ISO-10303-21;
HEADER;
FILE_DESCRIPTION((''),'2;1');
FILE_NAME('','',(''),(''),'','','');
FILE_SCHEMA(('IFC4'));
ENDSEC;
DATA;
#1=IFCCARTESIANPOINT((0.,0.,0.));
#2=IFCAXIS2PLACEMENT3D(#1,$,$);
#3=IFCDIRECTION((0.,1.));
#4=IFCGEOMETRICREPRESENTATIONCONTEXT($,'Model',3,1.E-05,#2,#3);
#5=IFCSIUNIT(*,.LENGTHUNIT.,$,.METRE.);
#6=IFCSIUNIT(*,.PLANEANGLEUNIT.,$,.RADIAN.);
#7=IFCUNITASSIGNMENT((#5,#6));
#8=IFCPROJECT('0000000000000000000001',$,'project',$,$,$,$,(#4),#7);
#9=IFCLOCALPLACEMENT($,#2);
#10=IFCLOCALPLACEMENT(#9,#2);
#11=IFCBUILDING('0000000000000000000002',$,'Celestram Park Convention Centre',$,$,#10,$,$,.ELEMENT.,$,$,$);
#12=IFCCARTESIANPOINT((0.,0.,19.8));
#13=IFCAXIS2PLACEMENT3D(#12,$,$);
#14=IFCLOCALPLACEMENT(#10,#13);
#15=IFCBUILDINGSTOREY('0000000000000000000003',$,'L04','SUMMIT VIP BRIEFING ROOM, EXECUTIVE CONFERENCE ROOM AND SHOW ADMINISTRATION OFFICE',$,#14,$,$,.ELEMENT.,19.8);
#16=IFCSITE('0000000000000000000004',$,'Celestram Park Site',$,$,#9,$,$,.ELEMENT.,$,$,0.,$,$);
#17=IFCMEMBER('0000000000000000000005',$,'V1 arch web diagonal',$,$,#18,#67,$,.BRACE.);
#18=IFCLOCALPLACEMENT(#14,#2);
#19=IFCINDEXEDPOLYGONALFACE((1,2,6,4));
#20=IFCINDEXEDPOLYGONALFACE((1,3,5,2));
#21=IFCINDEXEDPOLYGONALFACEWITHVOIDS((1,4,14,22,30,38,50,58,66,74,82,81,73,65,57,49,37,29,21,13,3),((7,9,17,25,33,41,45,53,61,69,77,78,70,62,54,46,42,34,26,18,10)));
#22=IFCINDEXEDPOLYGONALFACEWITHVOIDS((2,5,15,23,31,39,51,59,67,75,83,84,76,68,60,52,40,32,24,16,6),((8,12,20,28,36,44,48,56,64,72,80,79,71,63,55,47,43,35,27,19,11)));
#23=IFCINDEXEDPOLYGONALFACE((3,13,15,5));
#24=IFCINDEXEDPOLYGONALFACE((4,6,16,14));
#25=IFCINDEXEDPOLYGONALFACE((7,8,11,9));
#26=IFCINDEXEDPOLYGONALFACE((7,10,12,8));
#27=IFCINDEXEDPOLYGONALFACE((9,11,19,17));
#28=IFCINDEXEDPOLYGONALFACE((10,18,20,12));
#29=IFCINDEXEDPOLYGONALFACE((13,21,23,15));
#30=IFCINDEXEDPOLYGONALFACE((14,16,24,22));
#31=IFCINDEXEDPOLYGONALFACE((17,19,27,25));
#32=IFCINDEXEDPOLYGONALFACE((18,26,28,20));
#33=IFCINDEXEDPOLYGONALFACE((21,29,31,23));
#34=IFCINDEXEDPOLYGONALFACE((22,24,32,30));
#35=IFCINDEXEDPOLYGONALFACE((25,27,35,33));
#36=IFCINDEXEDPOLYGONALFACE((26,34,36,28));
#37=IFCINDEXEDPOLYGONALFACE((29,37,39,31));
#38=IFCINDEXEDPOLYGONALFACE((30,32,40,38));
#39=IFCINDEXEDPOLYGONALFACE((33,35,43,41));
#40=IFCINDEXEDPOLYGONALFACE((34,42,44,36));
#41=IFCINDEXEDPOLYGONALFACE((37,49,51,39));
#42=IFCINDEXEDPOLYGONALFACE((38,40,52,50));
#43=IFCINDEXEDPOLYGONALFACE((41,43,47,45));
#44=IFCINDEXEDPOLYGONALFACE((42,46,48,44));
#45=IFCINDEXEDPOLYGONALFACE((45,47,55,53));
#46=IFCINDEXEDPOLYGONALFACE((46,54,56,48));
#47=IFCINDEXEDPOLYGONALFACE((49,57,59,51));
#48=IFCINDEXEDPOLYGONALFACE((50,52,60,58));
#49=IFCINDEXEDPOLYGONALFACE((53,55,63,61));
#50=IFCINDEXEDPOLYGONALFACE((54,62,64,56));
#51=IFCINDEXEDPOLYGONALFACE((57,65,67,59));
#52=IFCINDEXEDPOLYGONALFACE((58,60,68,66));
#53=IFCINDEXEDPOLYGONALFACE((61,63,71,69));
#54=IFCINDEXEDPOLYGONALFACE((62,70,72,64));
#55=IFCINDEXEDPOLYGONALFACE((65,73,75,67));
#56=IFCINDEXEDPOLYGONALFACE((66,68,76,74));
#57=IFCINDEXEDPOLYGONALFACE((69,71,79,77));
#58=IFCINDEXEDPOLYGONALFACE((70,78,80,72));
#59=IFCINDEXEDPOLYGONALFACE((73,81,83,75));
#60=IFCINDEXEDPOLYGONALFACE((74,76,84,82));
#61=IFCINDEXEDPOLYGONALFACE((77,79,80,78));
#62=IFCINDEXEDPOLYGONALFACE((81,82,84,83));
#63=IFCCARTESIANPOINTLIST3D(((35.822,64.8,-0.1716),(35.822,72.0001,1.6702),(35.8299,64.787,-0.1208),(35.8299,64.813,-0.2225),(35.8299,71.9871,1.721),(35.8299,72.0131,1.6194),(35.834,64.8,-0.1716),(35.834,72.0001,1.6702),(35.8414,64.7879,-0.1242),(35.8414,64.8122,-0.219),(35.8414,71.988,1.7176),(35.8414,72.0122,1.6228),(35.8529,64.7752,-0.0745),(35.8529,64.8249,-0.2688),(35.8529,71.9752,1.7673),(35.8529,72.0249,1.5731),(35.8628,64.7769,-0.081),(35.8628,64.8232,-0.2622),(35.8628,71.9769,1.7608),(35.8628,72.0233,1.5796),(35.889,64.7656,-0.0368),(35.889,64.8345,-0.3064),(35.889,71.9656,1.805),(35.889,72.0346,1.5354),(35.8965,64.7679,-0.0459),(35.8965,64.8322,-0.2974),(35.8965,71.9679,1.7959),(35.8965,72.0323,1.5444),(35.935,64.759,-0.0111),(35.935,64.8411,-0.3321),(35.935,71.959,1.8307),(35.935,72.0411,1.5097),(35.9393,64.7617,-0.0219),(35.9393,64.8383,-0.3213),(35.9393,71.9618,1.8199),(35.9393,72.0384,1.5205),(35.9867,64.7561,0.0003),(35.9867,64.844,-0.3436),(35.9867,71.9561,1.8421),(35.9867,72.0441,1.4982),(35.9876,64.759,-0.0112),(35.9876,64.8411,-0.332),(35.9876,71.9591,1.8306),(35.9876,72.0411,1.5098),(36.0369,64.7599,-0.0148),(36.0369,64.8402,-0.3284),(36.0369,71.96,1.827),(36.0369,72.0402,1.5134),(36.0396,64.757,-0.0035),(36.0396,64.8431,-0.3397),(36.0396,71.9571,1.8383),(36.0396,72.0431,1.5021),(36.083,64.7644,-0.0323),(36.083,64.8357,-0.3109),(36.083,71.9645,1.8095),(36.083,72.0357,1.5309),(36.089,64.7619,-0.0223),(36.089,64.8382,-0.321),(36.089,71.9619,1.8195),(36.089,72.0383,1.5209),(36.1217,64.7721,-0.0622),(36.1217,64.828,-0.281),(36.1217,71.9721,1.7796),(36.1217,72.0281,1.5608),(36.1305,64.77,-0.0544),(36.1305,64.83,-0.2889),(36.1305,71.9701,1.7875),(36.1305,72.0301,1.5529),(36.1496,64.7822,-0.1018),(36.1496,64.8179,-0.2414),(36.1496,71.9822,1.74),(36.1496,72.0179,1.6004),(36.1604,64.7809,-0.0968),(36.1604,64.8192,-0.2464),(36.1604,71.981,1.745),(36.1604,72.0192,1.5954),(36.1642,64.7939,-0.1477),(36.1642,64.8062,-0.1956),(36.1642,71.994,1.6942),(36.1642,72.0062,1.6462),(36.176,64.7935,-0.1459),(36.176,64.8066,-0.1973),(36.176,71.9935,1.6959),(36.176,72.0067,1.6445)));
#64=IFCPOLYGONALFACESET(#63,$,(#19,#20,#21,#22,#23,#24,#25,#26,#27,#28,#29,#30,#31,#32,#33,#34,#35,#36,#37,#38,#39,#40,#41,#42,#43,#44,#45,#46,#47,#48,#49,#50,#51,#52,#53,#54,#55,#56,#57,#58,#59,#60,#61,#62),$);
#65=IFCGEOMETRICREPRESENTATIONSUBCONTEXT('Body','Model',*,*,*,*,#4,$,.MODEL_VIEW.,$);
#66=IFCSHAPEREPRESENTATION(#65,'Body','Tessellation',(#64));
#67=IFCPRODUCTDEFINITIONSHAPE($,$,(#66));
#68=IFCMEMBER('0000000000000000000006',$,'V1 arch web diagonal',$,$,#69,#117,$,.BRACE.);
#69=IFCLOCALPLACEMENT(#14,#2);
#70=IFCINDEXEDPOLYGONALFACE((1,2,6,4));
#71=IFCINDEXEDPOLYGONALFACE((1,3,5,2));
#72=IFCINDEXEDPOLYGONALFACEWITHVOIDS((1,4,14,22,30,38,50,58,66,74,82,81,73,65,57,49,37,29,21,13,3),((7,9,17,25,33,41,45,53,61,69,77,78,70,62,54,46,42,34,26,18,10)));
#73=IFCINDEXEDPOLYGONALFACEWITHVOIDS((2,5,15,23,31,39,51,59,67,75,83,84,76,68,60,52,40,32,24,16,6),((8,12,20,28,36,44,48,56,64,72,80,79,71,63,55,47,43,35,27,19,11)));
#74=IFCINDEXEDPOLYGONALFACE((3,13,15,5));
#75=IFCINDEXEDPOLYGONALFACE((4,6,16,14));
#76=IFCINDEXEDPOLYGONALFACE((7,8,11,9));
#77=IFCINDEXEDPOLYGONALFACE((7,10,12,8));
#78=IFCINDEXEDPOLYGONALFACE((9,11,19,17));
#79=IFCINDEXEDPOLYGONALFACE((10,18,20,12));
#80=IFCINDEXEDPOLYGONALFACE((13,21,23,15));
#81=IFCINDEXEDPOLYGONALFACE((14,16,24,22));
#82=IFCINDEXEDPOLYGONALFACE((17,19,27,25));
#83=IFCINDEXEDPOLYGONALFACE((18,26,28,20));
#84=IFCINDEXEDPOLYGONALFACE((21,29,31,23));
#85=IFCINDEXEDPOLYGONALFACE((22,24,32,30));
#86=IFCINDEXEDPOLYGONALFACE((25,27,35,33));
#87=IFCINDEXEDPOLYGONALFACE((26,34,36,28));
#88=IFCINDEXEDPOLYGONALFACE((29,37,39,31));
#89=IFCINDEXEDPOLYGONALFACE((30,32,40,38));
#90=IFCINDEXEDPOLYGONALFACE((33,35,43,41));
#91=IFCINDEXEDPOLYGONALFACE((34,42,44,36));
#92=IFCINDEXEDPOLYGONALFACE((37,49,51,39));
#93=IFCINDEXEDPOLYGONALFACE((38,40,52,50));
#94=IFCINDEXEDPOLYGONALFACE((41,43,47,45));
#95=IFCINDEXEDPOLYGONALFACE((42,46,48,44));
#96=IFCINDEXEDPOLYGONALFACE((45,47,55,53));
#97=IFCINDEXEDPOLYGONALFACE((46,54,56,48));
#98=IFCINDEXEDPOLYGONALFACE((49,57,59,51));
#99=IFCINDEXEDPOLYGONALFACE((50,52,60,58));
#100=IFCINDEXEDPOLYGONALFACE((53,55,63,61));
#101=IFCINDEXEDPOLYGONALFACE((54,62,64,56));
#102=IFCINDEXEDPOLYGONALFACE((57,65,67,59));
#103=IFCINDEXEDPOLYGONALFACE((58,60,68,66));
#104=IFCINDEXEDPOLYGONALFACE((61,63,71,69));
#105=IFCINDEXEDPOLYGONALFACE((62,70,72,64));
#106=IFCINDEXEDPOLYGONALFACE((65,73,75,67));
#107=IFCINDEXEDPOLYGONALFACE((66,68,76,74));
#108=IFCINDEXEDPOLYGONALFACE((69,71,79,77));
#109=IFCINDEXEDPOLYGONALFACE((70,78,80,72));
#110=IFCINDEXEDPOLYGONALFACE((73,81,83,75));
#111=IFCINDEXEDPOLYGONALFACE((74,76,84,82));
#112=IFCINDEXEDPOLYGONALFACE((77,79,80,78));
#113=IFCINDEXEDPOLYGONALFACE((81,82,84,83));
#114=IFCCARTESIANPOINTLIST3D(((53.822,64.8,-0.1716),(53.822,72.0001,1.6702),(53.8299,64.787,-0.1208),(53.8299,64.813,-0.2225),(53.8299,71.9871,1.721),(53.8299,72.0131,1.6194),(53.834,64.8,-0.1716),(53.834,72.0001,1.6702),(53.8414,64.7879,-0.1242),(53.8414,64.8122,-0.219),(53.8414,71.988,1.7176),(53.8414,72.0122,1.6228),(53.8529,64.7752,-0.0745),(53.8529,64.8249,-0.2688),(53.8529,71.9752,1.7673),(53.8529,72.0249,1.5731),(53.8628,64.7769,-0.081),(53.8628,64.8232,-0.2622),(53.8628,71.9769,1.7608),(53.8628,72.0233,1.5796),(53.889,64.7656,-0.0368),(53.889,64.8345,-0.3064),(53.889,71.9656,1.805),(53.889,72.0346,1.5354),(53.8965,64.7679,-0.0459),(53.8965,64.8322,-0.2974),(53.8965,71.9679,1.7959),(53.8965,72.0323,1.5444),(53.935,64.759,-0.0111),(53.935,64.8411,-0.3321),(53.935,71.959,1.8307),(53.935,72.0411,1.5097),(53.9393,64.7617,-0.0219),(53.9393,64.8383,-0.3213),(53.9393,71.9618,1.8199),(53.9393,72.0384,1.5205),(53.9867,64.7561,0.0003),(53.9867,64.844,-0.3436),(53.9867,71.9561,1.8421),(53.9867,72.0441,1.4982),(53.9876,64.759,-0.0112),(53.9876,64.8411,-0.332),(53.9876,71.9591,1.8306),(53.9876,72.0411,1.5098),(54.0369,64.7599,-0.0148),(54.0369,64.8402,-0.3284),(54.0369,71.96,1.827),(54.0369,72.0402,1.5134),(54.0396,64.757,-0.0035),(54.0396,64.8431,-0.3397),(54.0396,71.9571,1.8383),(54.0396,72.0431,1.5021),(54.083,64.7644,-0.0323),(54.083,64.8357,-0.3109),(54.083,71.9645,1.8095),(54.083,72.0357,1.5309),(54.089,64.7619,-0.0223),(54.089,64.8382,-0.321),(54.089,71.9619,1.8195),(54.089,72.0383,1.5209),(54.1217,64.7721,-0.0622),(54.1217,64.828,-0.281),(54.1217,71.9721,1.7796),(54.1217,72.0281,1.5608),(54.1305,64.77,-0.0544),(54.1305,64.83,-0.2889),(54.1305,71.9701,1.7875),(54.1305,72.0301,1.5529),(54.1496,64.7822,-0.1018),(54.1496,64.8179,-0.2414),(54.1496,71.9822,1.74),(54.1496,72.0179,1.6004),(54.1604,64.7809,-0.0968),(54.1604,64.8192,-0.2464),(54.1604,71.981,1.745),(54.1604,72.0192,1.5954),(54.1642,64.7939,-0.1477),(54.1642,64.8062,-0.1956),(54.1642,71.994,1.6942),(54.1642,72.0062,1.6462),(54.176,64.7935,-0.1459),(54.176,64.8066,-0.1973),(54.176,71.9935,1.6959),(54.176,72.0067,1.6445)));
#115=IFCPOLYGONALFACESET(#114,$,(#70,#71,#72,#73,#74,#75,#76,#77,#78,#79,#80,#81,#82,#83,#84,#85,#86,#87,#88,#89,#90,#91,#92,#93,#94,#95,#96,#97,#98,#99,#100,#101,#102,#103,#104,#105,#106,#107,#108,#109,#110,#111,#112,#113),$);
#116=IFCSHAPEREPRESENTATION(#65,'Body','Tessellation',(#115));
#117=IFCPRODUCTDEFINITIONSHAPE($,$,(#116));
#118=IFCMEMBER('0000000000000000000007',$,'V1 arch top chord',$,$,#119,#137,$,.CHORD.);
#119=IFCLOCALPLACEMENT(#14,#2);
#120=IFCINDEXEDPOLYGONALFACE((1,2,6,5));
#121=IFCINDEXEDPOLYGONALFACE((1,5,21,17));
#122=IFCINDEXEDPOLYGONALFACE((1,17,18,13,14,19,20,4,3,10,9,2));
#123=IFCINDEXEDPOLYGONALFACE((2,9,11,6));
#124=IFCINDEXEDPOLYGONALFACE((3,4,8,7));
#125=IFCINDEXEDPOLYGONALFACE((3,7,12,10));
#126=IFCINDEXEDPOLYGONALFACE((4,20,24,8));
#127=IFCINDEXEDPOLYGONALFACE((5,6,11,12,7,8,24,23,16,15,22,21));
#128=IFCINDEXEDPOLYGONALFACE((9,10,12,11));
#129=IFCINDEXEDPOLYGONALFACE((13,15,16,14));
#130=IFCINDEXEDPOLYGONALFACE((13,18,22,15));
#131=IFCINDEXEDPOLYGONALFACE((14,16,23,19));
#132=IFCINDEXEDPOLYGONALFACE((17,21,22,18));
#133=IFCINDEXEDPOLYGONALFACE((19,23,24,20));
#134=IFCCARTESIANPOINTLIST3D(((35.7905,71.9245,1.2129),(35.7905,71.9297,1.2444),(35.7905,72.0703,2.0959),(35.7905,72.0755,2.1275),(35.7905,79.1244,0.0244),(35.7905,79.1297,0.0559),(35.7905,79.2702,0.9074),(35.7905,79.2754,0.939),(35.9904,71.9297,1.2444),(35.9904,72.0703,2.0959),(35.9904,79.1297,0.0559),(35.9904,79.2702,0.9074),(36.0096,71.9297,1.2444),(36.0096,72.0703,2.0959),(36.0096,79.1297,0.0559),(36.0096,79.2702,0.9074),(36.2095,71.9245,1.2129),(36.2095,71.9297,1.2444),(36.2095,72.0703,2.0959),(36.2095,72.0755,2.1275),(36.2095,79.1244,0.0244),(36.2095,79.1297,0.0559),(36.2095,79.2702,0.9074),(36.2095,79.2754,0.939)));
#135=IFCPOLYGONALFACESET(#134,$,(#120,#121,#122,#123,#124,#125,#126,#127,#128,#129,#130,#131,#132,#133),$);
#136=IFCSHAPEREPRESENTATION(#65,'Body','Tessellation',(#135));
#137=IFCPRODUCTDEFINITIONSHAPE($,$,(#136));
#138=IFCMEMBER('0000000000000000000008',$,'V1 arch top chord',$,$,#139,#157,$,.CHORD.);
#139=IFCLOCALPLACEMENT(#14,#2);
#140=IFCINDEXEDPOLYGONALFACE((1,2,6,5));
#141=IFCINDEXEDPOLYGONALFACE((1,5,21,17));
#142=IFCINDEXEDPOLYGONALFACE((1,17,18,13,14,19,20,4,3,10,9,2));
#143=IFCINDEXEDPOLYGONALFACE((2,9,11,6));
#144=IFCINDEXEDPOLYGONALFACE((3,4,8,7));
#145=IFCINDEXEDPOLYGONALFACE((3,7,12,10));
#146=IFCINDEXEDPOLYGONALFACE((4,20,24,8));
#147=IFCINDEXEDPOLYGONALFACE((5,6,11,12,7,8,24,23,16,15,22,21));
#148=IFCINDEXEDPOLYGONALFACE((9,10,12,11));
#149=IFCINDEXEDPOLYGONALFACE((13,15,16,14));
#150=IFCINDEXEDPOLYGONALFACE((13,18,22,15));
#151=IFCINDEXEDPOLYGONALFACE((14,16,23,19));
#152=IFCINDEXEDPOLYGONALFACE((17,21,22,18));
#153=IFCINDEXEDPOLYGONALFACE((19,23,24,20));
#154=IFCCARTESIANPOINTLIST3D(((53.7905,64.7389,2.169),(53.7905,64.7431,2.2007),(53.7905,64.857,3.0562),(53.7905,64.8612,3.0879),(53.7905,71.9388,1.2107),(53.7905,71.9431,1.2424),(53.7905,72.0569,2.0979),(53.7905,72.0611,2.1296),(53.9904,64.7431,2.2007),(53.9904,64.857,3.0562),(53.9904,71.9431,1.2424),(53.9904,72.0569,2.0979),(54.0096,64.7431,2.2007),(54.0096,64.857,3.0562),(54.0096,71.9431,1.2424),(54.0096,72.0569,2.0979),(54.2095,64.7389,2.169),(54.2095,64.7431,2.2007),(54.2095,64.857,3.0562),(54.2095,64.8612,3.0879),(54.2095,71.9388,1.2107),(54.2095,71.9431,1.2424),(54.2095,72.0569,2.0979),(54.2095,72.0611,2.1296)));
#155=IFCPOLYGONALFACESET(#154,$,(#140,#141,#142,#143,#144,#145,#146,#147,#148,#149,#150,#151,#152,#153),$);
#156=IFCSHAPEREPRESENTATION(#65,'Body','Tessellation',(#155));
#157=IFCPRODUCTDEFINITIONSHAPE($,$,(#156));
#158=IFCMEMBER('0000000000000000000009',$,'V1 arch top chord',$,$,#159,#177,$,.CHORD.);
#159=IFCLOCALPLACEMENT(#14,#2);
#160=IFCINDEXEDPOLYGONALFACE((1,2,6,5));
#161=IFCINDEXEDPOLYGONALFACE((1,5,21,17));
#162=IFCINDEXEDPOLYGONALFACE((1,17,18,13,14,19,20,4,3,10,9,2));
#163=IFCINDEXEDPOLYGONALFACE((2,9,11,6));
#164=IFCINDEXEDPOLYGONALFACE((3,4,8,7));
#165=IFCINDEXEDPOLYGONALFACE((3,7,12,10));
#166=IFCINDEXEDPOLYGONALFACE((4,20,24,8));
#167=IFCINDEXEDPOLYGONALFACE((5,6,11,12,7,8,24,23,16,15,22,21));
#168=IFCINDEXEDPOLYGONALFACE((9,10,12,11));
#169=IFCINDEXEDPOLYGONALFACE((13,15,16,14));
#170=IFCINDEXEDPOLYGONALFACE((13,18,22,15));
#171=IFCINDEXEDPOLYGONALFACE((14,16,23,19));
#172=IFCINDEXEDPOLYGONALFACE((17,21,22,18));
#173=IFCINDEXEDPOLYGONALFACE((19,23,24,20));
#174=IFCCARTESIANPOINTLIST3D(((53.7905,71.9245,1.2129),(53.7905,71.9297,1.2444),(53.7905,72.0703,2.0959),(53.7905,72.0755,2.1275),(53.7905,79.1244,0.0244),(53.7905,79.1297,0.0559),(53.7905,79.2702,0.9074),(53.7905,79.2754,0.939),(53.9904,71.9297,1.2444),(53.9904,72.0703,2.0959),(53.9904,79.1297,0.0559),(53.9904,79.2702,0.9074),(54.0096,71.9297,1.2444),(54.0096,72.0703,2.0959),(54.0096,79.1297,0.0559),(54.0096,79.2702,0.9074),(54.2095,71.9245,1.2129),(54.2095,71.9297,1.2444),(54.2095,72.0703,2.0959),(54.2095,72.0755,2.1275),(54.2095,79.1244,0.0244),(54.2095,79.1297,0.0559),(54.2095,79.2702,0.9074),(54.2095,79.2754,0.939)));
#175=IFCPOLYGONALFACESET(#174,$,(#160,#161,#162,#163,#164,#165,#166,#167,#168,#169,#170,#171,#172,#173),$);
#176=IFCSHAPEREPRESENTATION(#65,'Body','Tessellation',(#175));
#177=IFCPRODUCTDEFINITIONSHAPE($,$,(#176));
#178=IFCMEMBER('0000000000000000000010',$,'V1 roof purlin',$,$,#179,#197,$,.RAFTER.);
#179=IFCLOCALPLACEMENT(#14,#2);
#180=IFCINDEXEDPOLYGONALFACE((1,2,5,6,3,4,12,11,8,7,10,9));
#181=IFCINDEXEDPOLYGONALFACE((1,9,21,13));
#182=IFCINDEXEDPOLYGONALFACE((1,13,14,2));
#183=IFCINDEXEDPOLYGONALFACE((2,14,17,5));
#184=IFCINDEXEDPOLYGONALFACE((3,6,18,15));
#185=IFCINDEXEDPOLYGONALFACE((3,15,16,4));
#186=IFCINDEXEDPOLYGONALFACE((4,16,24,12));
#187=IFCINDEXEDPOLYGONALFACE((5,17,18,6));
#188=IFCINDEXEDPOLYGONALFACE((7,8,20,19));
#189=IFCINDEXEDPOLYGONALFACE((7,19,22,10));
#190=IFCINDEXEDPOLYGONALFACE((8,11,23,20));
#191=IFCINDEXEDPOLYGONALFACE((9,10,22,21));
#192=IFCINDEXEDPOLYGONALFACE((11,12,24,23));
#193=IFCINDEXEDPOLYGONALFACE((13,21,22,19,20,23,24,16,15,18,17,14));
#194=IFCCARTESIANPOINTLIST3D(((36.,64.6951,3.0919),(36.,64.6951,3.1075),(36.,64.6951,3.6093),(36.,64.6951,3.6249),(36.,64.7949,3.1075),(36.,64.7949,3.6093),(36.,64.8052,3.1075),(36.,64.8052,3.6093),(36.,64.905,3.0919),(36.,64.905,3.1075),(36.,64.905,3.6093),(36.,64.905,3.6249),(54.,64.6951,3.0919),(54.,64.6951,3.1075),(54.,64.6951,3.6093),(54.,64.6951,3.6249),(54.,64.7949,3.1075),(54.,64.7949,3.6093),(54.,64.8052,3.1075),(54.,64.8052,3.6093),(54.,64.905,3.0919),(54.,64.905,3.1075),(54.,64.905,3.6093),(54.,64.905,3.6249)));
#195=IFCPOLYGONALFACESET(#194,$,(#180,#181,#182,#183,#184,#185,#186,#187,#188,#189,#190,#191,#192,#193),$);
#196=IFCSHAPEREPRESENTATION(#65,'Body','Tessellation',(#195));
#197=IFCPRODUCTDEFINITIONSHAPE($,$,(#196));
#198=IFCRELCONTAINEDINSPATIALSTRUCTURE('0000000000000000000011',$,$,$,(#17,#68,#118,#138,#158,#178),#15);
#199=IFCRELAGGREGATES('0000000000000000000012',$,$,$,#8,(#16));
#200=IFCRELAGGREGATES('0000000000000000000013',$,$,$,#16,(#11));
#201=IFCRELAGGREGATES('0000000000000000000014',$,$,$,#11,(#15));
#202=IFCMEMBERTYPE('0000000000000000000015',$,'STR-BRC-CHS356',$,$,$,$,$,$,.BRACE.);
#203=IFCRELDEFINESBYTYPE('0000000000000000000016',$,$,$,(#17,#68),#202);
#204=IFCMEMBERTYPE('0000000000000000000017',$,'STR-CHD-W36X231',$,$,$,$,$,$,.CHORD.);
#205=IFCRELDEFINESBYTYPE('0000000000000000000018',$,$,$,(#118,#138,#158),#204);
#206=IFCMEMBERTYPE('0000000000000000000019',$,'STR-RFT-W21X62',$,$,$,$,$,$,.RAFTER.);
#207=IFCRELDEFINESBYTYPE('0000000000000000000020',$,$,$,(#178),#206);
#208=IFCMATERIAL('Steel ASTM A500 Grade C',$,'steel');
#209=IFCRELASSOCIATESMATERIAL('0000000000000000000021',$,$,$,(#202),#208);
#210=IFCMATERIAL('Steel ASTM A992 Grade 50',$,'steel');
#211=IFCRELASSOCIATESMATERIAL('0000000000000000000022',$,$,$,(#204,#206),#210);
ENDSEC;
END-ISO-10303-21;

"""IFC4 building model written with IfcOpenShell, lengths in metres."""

from ifc_helpers import new_model, si_unit, direction, frame, origin, origin_2d, place, context, subcontext, project, spatial, hollow_circle, i_section, extrude, material, material_profile, profile_set, type_object, element, save


model = new_model("IFC4")

# Units and contexts
model_context = context("Model", 3, precision=1e-05, world=origin(), true_north=direction((0.0, 1.0)))
body_context = subcontext(model_context, "Body", "Model", "MODEL_VIEW")
ifc_project = project(units=[si_unit("LENGTHUNIT", "METRE"), si_unit("PLANEANGLEUNIT", "RADIAN")], contexts=[model_context])

# Site, building, storey
site_placement = place(None, origin())
site = spatial("IfcSite", under=ifc_project, at=site_placement, Name="Celestram Park Site", CompositionType="ELEMENT", RefElevation=0.0)
building_placement = place(site_placement, origin())
building = spatial("IfcBuilding", under=site, at=building_placement, Name="Celestram Park Convention Centre", CompositionType="ELEMENT")
storey_placement = place(building_placement, frame((0.0, 0.0, 19.8)))
storey = spatial("IfcBuildingStorey", under=building, at=storey_placement, Name="L04", Description="SUMMIT VIP BRIEFING ROOM, EXECUTIVE CONFERENCE ROOM AND SHOW ADMINISTRATION OFFICE", CompositionType="ELEMENT", Elevation=19.8)

# Members
ifc_material_1 = material(Name="Steel ASTM A500 Grade C", Category="steel")
ifc_material_profile_1 = material_profile(ifc_material_1, hollow_circle(Radius=0.178, WallThickness=0.012, at=origin_2d()), Name="CHS356X12")
ifc_profile_set_1 = profile_set([ifc_material_profile_1], Name="Steel ASTM A500 Grade C")
member_type_1 = type_object("IfcMemberType", Name="STR-BRC-CHS356", PredefinedType="BRACE", material=ifc_profile_set_1)
for number, where, z_axis, x_axis, name in (
    (1, (36.0, 64.8, -0.1716), (0.0, 0.968804, 0.247827), (-1.0, 0.0, 0.0), "V1 arch web diagonal"),
    (2, (54.0, 64.8, -0.1716), (0.0, 0.968804, 0.247827), (-1.0, 0.0, 0.0), "V1 arch web diagonal"),
):
    element("IfcMember", number, at=place(storey_placement, frame(where, z_axis=z_axis, x_axis=x_axis)), inside=storey, type_object=member_type_1, Name=name, PredefinedType="BRACE", context=body_context, shape_type="SweptSolid", body=[
        extrude(hollow_circle(Radius=0.178, WallThickness=0.012, at=origin_2d()), origin(), (0.0, 0.0, 1.0), 7.4319),
    ])
ifc_material_2 = material(Name="Steel ASTM A992 Grade 50", Category="steel")
ifc_material_profile_2 = material_profile(ifc_material_2, i_section(OverallWidth=0.4189, OverallDepth=0.927, WebThickness=0.0193, FlangeThickness=0.032, at=origin_2d()), Name="W36X231")
ifc_profile_set_2 = profile_set([ifc_material_profile_2], Name="Steel ASTM A992 Grade 50")
member_type_2 = type_object("IfcMemberType", Name="STR-CHD-W36X231", PredefinedType="CHORD", material=ifc_profile_set_2)
member_1_placement = place(storey_placement, frame((36.0, 72.0, 1.6702), z_axis=(0.0, 0.986649, -0.162863), x_axis=(-1.0, 0.0, 0.0)))
element("IfcMember", 3, at=member_1_placement, inside=storey, type_object=member_type_2, Name="V1 arch top chord", PredefinedType="CHORD", context=body_context, shape_type="SweptSolid", body=[
    extrude(i_section(OverallWidth=0.4189, OverallDepth=0.927, WebThickness=0.0193, FlangeThickness=0.032, at=origin_2d()), origin(), (0.0, 0.0, 1.0), 7.2974),
])
member_2_placement = place(storey_placement, frame((54.0, 64.8, 2.6284), z_axis=(0.0, 0.991259, -0.131928), x_axis=(-1.0, 0.0, 0.0)))
element("IfcMember", 4, at=member_2_placement, inside=storey, type_object=member_type_2, Name="V1 arch top chord", PredefinedType="CHORD", context=body_context, shape_type="SweptSolid", body=[
    extrude(i_section(OverallWidth=0.4189, OverallDepth=0.927, WebThickness=0.0193, FlangeThickness=0.032, at=origin_2d()), origin(), (0.0, 0.0, 1.0), 7.2634),
])
member_3_placement = place(storey_placement, frame((54.0, 72.0, 1.6702), z_axis=(0.0, 0.986649, -0.162863), x_axis=(-1.0, 0.0, 0.0)))
element("IfcMember", 5, at=member_3_placement, inside=storey, type_object=member_type_2, Name="V1 arch top chord", PredefinedType="CHORD", context=body_context, shape_type="SweptSolid", body=[
    extrude(i_section(OverallWidth=0.4189, OverallDepth=0.927, WebThickness=0.0193, FlangeThickness=0.032, at=origin_2d()), origin(), (0.0, 0.0, 1.0), 7.2974),
])
ifc_material_profile_3 = material_profile(ifc_material_2, i_section(OverallWidth=0.21, OverallDepth=0.533, WebThickness=0.0103, FlangeThickness=0.0156, at=origin_2d()), Name="W21X62")
ifc_profile_set_3 = profile_set([ifc_material_profile_3], Name="Steel ASTM A992 Grade 50")
member_type_3 = type_object("IfcMemberType", Name="STR-RFT-W21X62", PredefinedType="RAFTER", material=ifc_profile_set_3)
for number, where, z_axis, x_axis, name in (
    (6, (36.0, 64.8, 3.3584), (1.0, 0.0, 0.0), (0.0, 1.0, 0.0), "V1 roof purlin"),
):
    element("IfcMember", number, at=place(storey_placement, frame(where, z_axis=z_axis, x_axis=x_axis)), inside=storey, type_object=member_type_3, Name=name, PredefinedType="RAFTER", context=body_context, shape_type="SweptSolid", body=[
        extrude(i_section(OverallWidth=0.21, OverallDepth=0.533, WebThickness=0.0103, FlangeThickness=0.0156, at=origin_2d()), origin(), (0.0, 0.0, 1.0), 18.0),
    ])

save(model, "model.ifc")
